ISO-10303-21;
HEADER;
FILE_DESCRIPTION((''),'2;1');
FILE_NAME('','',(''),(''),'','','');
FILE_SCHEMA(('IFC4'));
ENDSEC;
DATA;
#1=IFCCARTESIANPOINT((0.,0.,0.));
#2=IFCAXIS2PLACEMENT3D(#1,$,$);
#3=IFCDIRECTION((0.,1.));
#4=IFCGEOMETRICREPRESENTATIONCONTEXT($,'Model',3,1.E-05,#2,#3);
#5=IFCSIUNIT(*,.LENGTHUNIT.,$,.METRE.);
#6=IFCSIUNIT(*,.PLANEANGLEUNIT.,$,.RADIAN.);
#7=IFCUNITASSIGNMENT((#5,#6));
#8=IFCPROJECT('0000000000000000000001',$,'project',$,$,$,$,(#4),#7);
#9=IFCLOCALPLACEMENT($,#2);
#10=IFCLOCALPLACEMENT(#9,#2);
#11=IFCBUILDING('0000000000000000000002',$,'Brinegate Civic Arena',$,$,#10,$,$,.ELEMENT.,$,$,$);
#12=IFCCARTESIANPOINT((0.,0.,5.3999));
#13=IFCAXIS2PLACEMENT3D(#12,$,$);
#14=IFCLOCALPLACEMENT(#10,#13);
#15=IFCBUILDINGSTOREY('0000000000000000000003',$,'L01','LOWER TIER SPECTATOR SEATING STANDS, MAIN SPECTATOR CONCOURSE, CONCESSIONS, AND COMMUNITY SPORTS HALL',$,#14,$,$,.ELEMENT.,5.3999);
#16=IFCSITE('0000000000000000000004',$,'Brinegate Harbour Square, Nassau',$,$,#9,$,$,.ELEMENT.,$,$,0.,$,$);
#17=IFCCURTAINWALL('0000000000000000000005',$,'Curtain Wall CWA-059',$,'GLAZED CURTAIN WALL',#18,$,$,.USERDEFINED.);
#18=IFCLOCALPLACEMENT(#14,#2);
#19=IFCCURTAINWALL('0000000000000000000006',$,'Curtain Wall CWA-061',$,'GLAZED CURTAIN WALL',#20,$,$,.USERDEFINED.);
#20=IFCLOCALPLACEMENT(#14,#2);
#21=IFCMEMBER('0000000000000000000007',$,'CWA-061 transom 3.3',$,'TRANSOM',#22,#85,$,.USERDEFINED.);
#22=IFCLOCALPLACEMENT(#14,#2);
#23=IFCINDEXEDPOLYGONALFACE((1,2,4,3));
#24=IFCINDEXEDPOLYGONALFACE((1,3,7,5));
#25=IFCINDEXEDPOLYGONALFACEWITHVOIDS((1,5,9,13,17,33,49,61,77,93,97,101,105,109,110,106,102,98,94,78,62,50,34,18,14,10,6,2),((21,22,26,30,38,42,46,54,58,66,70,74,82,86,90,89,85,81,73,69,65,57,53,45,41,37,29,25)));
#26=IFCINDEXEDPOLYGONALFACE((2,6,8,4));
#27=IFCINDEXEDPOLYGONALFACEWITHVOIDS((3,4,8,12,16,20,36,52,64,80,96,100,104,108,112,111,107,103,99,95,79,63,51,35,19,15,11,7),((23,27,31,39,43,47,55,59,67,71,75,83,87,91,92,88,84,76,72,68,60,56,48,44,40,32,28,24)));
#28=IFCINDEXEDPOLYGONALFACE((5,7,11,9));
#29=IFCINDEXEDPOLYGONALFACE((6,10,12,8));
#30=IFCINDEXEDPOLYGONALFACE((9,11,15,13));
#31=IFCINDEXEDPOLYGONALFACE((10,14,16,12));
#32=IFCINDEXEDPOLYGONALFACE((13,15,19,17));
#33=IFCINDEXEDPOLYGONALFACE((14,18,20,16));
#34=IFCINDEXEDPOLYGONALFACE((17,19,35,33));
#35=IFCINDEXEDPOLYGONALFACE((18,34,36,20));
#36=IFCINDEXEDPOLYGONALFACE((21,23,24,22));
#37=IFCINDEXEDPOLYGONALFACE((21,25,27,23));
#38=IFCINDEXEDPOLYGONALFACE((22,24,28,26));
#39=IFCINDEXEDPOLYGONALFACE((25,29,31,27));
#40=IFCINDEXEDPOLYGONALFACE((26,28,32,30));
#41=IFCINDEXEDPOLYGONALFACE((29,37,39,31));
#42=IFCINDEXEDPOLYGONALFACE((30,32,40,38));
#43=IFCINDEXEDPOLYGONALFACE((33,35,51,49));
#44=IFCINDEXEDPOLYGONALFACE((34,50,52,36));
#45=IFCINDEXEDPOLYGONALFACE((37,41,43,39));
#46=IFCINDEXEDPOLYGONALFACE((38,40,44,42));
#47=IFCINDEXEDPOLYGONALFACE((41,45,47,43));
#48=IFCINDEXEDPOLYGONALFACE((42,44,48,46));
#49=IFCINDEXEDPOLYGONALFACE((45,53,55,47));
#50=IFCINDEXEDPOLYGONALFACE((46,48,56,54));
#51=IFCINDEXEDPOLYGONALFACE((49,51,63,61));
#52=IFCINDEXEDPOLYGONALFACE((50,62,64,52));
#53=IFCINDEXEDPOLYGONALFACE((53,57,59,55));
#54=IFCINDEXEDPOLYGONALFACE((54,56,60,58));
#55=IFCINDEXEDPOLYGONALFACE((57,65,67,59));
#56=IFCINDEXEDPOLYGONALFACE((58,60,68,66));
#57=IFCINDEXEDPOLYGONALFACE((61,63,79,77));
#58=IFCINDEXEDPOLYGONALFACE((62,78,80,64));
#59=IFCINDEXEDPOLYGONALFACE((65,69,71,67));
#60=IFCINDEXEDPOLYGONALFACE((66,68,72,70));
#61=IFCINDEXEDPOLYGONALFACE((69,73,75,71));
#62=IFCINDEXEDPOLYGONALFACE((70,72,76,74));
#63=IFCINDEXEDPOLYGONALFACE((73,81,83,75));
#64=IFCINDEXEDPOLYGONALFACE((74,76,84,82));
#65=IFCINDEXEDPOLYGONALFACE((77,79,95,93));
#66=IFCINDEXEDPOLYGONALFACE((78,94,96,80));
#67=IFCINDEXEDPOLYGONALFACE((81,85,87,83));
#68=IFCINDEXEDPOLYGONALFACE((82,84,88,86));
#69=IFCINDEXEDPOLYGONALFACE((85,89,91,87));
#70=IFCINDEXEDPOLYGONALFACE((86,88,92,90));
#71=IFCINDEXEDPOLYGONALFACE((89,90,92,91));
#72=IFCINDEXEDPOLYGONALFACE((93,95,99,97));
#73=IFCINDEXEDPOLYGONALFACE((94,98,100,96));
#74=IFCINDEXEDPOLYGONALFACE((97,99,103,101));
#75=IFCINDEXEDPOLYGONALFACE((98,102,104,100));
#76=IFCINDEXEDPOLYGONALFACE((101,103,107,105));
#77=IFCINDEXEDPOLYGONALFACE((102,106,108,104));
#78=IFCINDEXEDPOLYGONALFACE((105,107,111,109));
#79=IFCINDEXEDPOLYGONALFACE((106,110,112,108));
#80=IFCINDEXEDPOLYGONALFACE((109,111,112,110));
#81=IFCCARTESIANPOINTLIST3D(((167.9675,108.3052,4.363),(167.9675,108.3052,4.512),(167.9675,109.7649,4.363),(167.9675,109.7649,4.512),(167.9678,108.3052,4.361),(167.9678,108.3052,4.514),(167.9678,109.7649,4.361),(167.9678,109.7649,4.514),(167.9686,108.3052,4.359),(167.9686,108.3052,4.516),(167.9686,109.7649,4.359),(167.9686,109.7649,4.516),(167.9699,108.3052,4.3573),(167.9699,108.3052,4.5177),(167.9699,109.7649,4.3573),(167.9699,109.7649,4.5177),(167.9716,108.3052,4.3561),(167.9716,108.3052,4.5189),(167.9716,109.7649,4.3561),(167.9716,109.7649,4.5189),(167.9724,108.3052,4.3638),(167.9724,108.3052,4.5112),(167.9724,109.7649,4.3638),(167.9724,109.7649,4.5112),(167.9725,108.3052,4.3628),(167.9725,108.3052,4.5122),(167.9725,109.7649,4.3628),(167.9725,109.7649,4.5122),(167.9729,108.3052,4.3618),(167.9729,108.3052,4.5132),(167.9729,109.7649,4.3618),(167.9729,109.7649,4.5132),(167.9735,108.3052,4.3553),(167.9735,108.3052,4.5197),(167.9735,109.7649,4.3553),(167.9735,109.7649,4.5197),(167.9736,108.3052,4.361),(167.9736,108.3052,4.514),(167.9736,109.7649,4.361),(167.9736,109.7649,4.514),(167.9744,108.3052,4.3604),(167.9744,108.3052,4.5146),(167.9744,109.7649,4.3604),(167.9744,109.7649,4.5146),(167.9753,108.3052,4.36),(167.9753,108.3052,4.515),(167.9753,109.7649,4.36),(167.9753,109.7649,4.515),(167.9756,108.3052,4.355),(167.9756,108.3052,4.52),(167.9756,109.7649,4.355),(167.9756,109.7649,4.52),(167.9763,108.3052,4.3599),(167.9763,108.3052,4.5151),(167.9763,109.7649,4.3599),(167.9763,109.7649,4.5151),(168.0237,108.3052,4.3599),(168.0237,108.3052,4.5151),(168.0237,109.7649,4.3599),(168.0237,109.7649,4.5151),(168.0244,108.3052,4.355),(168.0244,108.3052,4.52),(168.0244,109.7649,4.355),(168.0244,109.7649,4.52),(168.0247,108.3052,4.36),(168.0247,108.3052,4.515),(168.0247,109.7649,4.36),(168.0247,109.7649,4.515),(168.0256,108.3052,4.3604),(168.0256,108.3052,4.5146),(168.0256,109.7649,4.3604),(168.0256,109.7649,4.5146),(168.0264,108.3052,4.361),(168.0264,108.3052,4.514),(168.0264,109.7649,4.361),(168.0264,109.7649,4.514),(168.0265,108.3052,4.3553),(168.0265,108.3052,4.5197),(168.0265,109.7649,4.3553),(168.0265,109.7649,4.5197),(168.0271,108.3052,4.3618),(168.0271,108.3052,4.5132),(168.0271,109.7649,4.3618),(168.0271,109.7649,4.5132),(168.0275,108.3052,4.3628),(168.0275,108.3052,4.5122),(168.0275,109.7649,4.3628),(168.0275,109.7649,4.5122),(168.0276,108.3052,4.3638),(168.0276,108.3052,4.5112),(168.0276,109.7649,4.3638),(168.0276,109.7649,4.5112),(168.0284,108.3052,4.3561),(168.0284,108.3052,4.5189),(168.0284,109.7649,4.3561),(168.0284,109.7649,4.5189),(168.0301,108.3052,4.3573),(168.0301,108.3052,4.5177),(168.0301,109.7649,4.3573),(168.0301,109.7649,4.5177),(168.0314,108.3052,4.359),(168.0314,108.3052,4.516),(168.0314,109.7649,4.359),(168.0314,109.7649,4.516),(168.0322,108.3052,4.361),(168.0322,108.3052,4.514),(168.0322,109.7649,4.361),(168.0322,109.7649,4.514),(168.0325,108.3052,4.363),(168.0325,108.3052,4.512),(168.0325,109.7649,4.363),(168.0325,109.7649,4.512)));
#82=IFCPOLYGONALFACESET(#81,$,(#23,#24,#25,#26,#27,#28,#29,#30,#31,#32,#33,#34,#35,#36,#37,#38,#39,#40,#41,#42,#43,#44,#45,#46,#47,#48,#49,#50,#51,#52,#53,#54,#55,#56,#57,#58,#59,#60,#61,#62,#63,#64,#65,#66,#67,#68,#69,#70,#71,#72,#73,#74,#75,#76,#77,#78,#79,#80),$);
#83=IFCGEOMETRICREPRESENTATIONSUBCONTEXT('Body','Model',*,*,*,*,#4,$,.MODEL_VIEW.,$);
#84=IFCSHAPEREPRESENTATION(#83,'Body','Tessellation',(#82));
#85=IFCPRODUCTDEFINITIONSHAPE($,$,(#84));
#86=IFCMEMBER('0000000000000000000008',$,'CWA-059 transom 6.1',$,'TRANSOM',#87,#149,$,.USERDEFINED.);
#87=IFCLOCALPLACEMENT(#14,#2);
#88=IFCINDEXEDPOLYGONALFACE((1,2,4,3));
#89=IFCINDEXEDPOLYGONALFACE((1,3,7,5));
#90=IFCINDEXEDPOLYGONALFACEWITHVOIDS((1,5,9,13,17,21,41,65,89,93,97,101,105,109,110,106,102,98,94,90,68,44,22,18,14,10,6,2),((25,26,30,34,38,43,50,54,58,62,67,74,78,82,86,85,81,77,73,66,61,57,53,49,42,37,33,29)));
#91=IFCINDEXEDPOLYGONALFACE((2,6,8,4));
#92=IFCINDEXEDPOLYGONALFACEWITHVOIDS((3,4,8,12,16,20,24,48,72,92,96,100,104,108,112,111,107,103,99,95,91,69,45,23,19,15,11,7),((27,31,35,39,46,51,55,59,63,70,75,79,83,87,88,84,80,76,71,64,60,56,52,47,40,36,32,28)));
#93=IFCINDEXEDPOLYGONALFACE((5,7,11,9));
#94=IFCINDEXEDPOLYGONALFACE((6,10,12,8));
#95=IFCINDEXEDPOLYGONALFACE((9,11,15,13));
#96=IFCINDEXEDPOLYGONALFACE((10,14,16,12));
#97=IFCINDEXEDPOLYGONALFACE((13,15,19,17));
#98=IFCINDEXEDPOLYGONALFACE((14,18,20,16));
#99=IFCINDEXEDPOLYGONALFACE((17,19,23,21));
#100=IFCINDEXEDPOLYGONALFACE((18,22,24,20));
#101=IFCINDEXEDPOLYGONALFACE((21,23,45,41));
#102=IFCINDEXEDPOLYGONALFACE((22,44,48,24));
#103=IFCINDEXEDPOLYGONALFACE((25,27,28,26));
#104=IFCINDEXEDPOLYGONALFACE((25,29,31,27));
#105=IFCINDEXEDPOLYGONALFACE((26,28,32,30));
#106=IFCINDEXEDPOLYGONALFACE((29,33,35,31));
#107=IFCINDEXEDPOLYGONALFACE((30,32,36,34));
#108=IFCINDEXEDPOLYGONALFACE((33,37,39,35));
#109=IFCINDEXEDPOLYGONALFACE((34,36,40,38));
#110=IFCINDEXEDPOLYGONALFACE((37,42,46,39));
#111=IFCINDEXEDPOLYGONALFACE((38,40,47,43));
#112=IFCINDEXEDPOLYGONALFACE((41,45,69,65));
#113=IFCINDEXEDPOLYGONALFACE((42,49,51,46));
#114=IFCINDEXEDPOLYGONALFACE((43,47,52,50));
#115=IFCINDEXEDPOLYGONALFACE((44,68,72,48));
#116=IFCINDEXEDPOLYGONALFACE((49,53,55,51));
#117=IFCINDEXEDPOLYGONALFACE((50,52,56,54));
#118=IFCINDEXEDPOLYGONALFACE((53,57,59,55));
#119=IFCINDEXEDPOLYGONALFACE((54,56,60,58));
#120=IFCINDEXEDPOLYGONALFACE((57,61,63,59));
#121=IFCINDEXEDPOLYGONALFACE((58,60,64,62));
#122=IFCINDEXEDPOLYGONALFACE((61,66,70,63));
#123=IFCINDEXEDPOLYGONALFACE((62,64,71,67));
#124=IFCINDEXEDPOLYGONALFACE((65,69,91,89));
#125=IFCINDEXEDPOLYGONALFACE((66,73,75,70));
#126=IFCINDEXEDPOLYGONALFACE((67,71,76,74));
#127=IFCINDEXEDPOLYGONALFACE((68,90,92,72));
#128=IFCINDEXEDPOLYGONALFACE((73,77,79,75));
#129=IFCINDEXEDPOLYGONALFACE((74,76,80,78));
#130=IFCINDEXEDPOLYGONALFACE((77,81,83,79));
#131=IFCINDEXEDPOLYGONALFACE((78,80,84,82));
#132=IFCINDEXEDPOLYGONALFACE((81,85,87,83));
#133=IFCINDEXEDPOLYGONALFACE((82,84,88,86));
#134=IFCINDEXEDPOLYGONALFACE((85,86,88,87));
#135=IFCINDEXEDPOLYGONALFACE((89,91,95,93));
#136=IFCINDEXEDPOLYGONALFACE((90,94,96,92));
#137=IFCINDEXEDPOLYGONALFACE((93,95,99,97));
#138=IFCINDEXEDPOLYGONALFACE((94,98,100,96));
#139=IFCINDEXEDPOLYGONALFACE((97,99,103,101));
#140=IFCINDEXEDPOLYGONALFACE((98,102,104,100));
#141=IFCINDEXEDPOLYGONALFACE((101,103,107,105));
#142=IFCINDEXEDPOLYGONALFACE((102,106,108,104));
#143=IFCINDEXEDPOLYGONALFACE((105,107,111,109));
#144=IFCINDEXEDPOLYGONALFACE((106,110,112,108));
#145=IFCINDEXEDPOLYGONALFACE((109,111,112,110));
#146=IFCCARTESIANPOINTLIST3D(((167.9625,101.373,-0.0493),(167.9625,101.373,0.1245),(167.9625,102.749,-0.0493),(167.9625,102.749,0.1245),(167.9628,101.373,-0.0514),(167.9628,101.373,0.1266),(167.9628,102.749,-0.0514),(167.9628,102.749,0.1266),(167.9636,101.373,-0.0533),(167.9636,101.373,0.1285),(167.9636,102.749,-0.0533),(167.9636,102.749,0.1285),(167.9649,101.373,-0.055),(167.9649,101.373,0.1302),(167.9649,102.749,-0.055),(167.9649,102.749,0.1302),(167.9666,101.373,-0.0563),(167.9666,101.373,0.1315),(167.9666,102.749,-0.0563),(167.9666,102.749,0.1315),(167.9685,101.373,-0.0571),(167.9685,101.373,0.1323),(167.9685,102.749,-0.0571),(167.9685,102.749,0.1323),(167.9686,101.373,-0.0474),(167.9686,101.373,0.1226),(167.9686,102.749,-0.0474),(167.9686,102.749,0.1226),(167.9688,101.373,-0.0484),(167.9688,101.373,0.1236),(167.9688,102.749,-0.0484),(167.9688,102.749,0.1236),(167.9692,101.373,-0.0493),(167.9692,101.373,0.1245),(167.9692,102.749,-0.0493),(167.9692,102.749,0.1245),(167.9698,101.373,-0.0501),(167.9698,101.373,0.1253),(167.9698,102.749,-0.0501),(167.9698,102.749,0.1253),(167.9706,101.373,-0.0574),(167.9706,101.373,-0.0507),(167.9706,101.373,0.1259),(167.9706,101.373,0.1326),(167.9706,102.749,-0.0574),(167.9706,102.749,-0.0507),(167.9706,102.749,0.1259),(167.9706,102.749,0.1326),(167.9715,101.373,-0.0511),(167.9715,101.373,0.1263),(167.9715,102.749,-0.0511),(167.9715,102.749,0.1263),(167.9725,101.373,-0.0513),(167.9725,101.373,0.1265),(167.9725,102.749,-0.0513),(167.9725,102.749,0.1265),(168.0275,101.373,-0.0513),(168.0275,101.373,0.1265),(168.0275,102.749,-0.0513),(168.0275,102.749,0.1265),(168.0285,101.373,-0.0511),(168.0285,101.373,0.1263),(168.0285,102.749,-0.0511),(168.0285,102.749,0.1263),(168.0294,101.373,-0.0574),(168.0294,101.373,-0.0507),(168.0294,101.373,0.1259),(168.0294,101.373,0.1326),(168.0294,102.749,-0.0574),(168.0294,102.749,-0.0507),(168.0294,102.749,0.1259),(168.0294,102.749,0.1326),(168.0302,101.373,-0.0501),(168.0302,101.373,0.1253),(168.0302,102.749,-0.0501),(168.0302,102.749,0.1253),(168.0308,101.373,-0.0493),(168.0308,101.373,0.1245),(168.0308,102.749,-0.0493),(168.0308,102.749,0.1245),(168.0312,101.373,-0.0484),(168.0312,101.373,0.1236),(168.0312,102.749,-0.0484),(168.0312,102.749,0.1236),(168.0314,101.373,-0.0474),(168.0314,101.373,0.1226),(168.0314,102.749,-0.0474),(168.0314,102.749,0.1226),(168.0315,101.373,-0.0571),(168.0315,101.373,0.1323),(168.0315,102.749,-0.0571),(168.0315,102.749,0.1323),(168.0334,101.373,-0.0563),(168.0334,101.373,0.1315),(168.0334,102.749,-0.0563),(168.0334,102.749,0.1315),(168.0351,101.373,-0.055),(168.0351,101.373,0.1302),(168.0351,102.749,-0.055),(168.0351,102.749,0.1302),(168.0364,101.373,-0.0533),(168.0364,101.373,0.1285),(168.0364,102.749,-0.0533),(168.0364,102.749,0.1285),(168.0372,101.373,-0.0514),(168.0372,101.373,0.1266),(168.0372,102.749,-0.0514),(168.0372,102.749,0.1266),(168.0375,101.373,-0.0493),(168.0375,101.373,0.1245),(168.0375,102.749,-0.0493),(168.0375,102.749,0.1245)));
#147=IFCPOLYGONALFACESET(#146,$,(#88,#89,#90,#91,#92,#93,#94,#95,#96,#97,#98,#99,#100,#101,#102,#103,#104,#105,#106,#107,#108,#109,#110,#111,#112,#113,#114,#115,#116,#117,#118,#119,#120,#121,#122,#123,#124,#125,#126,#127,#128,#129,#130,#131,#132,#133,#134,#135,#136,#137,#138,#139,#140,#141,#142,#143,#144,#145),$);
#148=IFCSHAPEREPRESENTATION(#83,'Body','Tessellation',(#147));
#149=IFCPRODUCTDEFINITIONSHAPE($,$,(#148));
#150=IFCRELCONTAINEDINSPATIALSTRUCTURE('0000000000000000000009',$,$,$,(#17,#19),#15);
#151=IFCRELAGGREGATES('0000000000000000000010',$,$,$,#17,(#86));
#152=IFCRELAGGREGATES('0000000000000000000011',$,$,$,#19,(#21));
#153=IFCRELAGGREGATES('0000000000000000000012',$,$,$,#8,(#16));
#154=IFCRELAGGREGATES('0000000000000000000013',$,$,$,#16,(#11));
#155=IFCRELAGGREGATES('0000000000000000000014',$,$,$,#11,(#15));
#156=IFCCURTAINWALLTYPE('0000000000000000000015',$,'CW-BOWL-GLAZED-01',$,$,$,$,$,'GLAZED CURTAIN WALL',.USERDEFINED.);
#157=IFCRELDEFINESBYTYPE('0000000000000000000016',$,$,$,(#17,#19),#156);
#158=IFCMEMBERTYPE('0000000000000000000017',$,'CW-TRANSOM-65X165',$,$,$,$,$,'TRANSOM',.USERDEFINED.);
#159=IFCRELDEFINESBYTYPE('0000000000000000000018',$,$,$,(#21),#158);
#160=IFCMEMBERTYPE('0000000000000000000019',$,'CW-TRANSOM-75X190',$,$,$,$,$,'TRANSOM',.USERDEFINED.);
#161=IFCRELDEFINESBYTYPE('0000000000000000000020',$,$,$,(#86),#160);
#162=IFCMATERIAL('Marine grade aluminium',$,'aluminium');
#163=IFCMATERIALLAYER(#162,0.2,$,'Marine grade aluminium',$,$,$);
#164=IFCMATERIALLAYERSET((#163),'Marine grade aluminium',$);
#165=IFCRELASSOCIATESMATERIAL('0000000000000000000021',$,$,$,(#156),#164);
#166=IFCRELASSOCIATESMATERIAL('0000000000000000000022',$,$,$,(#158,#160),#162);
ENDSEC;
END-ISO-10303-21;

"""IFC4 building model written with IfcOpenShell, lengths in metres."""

from ifc_helpers import new_model, si_unit, direction, frame, origin, origin_2d, place, context, subcontext, project, spatial, hollow_rectangle, extrude, material, layer, layer_set, material_profile, profile_set, type_object, element, aggregate, save


model = new_model("IFC4")

# Units and contexts
model_context = context("Model", 3, precision=1e-05, world=origin(), true_north=direction((0.0, 1.0)))
body_context = subcontext(model_context, "Body", "Model", "MODEL_VIEW")
ifc_project = project(units=[si_unit("LENGTHUNIT", "METRE"), si_unit("PLANEANGLEUNIT", "RADIAN")], contexts=[model_context])

# Site, building, storey
site_placement = place(None, origin())
site = spatial("IfcSite", under=ifc_project, at=site_placement, Name="Brinegate Harbour Square, Nassau", CompositionType="ELEMENT", RefElevation=0.0)
building_placement = place(site_placement, origin())
building = spatial("IfcBuilding", under=site, at=building_placement, Name="Brinegate Civic Arena", CompositionType="ELEMENT")
storey_placement = place(building_placement, frame((0.0, 0.0, 5.3999)))
storey = spatial("IfcBuildingStorey", under=building, at=storey_placement, Name="L01", Description="LOWER TIER SPECTATOR SEATING STANDS, MAIN SPECTATOR CONCOURSE, CONCESSIONS, AND COMMUNITY SPORTS HALL", CompositionType="ELEMENT", Elevation=5.3999)

# Curtain wall
ifc_material_1 = material(Name="Marine grade aluminium", Category="aluminium")
ifc_layer_1 = layer(ifc_material_1, 0.2, Name="Marine grade aluminium")
ifc_layer_set_1 = layer_set([ifc_layer_1], Name="Marine grade aluminium")
curtain_wall_type = type_object("IfcCurtainWallType", Name="CW-BOWL-GLAZED-01", ElementType="GLAZED CURTAIN WALL", PredefinedType="USERDEFINED", material=ifc_layer_set_1)
curtain_wall_1_placement = place(storey_placement, origin())
curtain_wall_1 = element("IfcCurtainWall", 1, at=curtain_wall_1_placement, inside=storey, type_object=curtain_wall_type, Name="Curtain Wall CWA-059", ObjectType="GLAZED CURTAIN WALL", PredefinedType="USERDEFINED")

# Curtain wall, member
curtain_wall_2_placement = place(storey_placement, origin())
curtain_wall_2 = element("IfcCurtainWall", 2, at=curtain_wall_2_placement, inside=storey, type_object=curtain_wall_type, Name="Curtain Wall CWA-061", ObjectType="GLAZED CURTAIN WALL", PredefinedType="USERDEFINED")
ifc_material_profile_1 = material_profile(ifc_material_1, hollow_rectangle(XDim=0.0649, YDim=0.165, WallThickness=0.0049, InnerFilletRadius=0.0039, OuterFilletRadius=0.0081, at=origin_2d()), Name="TRN65X165")
ifc_profile_set_1 = profile_set([ifc_material_profile_1], Name="Marine grade aluminium")
member_type_1 = type_object("IfcMemberType", Name="CW-TRANSOM-65X165", ElementType="TRANSOM", PredefinedType="USERDEFINED", material=ifc_profile_set_1)
member_1_placement = place(storey_placement, frame((168.0, 108.3052, 4.4375), z_axis=(0.0, 1.0, 0.0), x_axis=(-1.0, 0.0, 0.0)))
member_1 = element("IfcMember", 3, at=member_1_placement, type_object=member_type_1, Name="CWA-061 transom 3.3", ObjectType="TRANSOM", PredefinedType="USERDEFINED", context=body_context, shape_type="SweptSolid", body=[
    extrude(hollow_rectangle(XDim=0.0649, YDim=0.165, WallThickness=0.0049, InnerFilletRadius=0.0039, OuterFilletRadius=0.0081, at=origin_2d()), origin(), (0.0, 0.0, 1.0), 1.4597),
])

# Member
ifc_material_profile_2 = material_profile(ifc_material_1, hollow_rectangle(XDim=0.075, YDim=0.1899, WallThickness=0.0061, InnerFilletRadius=0.0039, OuterFilletRadius=0.0081, at=origin_2d()), Name="TRN75X190")
ifc_profile_set_2 = profile_set([ifc_material_profile_2], Name="Marine grade aluminium")
member_type_2 = type_object("IfcMemberType", Name="CW-TRANSOM-75X190", ElementType="TRANSOM", PredefinedType="USERDEFINED", material=ifc_profile_set_2)
member_2_placement = place(storey_placement, frame((168.0, 101.373, 0.0376), z_axis=(0.0, 1.0, 0.0), x_axis=(-1.0, 0.0, 0.0)))
member_2 = element("IfcMember", 4, at=member_2_placement, type_object=member_type_2, Name="CWA-059 transom 6.1", ObjectType="TRANSOM", PredefinedType="USERDEFINED", context=body_context, shape_type="SweptSolid", body=[
    extrude(hollow_rectangle(XDim=0.075, YDim=0.1899, WallThickness=0.0061, InnerFilletRadius=0.0039, OuterFilletRadius=0.0081, at=origin_2d()), origin(), (0.0, 0.0, 1.0), 1.376),
])

aggregate(curtain_wall_1, [member_2])
aggregate(curtain_wall_2, [member_1])

save(model, "model.ifc")
